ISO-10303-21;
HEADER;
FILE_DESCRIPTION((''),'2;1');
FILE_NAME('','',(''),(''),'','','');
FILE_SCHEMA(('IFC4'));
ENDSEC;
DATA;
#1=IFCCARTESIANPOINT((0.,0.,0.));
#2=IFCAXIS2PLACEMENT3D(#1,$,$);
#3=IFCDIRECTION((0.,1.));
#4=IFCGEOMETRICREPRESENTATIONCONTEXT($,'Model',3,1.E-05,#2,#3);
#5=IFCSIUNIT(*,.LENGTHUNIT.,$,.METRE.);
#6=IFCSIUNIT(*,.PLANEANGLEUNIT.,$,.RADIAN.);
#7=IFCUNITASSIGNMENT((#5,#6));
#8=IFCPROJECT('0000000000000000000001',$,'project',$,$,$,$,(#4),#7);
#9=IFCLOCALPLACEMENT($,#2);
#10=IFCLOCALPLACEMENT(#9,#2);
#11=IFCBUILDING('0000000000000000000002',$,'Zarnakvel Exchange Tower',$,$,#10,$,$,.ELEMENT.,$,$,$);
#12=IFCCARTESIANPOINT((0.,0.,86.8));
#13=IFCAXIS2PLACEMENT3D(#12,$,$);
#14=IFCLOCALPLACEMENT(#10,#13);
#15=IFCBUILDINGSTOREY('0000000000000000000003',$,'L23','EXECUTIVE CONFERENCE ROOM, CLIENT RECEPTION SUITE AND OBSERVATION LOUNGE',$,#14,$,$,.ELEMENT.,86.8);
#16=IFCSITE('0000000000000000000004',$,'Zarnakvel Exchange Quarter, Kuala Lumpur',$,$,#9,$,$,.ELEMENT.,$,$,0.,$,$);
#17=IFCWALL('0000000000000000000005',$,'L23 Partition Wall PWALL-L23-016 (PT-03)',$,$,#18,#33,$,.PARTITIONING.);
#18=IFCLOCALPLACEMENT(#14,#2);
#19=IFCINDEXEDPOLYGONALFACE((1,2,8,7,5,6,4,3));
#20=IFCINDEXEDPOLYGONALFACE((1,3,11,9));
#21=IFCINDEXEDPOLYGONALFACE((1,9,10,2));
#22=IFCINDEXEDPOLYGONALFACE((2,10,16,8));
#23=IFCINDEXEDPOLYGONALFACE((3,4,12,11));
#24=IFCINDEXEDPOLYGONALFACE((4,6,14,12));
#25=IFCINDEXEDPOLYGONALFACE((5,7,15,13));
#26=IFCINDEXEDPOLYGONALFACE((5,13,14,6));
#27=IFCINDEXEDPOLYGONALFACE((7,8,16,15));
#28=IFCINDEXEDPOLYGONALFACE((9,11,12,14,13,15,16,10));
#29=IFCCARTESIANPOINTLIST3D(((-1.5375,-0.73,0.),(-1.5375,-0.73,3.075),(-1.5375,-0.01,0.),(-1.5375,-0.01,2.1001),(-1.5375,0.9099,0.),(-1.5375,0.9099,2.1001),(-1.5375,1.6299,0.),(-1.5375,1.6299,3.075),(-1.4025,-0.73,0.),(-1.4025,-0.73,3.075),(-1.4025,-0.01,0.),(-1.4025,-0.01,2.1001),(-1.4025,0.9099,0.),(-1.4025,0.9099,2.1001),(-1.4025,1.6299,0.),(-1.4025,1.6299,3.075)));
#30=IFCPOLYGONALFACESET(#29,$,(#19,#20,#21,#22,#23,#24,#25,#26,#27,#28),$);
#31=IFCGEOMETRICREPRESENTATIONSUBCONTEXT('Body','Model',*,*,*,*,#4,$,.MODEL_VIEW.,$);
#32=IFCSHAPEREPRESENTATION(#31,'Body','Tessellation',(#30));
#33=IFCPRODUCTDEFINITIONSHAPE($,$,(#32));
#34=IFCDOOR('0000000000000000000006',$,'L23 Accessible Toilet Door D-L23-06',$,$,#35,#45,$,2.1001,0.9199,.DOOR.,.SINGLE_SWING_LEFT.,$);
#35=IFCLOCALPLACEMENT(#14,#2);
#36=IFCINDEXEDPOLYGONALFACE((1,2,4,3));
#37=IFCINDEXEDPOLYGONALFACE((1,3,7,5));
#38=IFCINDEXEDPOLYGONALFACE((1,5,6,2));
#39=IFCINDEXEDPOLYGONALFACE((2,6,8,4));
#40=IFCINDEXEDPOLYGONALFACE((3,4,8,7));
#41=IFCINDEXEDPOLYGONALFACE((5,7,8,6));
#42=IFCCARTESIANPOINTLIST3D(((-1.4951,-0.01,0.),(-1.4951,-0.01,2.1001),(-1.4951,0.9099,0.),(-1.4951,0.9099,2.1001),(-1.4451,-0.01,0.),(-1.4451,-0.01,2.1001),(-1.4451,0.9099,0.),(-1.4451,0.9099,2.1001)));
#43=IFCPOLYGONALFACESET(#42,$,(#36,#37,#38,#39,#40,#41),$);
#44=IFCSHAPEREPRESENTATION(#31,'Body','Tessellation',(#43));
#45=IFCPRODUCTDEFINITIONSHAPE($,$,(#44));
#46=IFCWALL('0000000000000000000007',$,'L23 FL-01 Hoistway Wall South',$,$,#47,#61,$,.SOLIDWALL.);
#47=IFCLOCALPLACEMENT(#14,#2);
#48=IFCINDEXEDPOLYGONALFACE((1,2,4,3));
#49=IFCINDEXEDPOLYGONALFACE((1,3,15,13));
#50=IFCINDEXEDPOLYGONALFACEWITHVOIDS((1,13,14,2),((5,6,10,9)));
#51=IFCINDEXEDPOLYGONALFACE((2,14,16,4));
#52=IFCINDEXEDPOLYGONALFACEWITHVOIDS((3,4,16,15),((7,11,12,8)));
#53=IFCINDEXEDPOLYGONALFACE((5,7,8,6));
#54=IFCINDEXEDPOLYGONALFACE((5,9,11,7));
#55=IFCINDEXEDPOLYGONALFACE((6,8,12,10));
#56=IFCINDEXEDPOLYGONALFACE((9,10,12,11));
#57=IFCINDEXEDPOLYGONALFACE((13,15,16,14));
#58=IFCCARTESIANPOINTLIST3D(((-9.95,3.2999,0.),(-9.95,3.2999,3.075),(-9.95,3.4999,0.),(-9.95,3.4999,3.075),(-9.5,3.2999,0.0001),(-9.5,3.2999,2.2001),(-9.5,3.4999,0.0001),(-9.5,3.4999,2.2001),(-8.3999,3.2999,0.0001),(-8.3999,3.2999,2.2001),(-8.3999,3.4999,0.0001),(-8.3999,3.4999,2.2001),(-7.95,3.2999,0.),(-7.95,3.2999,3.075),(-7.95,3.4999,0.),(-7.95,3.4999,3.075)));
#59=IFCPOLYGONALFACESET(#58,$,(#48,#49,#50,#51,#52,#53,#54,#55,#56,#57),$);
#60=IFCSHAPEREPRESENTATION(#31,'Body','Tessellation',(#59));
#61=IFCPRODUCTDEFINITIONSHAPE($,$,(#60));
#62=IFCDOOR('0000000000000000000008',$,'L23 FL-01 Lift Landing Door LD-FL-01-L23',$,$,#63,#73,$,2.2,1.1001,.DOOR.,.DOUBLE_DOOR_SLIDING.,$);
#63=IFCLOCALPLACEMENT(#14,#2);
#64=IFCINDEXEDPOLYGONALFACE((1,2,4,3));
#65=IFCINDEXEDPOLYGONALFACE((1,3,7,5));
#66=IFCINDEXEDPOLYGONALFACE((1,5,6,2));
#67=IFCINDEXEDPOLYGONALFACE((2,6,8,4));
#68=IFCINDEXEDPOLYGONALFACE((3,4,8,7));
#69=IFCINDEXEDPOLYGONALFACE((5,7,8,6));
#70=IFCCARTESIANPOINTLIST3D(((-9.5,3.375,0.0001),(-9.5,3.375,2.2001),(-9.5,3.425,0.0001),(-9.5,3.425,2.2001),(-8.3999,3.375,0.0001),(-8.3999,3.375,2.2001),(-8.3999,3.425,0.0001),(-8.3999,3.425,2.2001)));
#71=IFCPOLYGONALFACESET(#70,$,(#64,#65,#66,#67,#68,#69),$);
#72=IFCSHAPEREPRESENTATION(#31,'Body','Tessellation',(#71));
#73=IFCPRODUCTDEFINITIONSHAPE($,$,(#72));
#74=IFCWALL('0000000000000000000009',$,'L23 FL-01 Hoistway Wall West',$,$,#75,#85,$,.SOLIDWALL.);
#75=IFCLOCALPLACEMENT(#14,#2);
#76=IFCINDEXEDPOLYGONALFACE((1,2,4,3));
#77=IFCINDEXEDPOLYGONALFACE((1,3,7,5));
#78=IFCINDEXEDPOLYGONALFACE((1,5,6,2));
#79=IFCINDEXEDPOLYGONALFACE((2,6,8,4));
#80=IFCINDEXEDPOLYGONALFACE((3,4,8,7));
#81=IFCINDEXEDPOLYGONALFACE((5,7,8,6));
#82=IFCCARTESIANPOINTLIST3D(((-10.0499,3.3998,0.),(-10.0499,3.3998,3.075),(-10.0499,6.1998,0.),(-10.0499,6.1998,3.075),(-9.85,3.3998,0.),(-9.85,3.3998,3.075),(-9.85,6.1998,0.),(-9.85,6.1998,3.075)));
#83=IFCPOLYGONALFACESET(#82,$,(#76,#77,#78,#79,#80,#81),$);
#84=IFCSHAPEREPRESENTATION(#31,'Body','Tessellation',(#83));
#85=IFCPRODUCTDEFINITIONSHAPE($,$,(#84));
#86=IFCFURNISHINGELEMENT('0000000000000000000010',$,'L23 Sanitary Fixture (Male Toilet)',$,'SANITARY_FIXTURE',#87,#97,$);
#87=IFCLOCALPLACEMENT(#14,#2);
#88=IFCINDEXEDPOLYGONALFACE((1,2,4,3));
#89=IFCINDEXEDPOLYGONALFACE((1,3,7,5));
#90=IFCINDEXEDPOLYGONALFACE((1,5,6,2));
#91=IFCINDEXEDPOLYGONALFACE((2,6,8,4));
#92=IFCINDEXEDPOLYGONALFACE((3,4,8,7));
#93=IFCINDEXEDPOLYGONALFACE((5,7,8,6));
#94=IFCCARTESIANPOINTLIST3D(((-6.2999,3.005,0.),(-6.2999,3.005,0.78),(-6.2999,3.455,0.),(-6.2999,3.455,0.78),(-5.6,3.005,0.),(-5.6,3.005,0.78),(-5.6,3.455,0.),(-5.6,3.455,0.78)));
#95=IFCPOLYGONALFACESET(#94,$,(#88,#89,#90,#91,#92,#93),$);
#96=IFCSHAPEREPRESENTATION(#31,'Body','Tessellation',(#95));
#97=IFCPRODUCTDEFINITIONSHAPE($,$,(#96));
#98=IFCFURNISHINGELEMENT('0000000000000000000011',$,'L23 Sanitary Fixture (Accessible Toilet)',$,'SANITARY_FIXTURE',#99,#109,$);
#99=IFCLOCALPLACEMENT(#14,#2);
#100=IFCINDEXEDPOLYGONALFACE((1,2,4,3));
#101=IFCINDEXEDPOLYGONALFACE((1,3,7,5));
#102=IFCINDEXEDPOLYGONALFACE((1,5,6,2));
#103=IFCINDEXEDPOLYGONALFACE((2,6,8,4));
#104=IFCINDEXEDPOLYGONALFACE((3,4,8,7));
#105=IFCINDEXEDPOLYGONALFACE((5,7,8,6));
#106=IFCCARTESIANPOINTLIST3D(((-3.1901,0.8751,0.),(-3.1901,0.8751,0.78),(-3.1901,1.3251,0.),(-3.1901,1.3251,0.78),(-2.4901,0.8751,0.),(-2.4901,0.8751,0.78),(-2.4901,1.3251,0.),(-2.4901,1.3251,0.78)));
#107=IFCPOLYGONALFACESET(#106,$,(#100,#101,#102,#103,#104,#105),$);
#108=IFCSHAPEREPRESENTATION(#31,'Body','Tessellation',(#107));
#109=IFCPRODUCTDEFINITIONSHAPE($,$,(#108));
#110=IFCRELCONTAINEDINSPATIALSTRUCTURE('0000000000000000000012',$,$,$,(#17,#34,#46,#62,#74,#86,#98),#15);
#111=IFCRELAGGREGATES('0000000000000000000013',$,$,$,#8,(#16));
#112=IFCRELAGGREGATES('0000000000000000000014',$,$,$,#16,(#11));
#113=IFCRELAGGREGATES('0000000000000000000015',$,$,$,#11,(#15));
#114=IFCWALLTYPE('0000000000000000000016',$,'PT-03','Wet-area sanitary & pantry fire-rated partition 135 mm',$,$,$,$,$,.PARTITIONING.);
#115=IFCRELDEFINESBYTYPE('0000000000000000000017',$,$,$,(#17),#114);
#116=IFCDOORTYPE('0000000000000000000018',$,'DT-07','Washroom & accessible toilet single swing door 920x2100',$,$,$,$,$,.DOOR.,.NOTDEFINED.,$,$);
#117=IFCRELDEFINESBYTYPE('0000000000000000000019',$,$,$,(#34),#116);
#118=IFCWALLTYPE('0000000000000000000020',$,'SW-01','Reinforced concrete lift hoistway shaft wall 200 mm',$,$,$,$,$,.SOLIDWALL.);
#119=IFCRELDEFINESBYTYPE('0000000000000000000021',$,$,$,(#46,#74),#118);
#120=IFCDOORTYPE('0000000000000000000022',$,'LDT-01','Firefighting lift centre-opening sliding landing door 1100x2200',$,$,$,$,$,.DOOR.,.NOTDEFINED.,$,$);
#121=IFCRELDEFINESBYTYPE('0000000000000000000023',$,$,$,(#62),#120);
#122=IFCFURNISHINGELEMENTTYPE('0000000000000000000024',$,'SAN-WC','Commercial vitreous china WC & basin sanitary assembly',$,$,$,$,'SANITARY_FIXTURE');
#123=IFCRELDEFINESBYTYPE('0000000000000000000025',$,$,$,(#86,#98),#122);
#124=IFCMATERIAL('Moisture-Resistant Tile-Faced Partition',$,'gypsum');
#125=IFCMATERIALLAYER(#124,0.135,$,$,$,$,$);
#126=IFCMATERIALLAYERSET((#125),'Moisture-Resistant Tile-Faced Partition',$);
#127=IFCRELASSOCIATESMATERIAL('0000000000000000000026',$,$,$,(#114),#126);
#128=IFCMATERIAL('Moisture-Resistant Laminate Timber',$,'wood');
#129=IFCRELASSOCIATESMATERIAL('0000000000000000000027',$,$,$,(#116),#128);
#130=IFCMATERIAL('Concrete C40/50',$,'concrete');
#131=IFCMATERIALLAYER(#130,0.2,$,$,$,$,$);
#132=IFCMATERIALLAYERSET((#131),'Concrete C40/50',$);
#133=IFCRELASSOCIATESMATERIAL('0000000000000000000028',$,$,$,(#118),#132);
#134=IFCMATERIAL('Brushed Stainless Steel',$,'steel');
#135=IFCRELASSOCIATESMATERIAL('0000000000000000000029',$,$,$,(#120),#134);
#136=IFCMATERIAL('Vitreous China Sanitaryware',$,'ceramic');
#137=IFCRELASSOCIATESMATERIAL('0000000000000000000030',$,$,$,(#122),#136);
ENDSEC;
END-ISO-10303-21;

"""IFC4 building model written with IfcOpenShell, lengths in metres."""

from ifc_helpers import new_model, si_unit, direction, frame, frame_2d, origin, origin_2d, place, context, subcontext, project, spatial, rectangle, extrude, source, transform, mapped, material, layer, layer_set, type_object, element, fill, save


model = new_model("IFC4")

# Units and contexts
model_context = context("Model", 3, precision=1e-05, world=origin(), true_north=direction((0.0, 1.0)))
body_context = subcontext(model_context, "Body", "Model", "MODEL_VIEW")
ifc_project = project(units=[si_unit("LENGTHUNIT", "METRE"), si_unit("PLANEANGLEUNIT", "RADIAN")], contexts=[model_context])

# Site, building, storey
site_placement = place(None, origin())
site = spatial("IfcSite", under=ifc_project, at=site_placement, Name="Zarnakvel Exchange Quarter, Kuala Lumpur", CompositionType="ELEMENT", RefElevation=0.0)
building_placement = place(site_placement, origin())
building = spatial("IfcBuilding", under=site, at=building_placement, Name="Zarnakvel Exchange Tower", CompositionType="ELEMENT")
storey_placement = place(building_placement, frame((0.0, 0.0, 86.8)))
storey = spatial("IfcBuildingStorey", under=building, at=storey_placement, Name="L23", Description="EXECUTIVE CONFERENCE ROOM, CLIENT RECEPTION SUITE AND OBSERVATION LOUNGE", CompositionType="ELEMENT", Elevation=86.8)

# Shared definitions
ifc_material_1 = material(Name="Concrete C40/50", Category="concrete")

# Shared definitions
ifc_material_2 = material(Name="Moisture-Resistant Tile-Faced Partition", Category="gypsum")
ifc_layer_1 = layer(ifc_material_2, 0.135)
ifc_layer_set_1 = layer_set([ifc_layer_1], Name="Moisture-Resistant Tile-Faced Partition")
wall_type_1 = type_object("IfcWallType", Name="PT-03", Description="Wet-area sanitary & pantry fire-rated partition 135 mm", PredefinedType="PARTITIONING", material=ifc_layer_set_1)
ifc_material_3 = material(Name="Moisture-Resistant Laminate Timber", Category="wood")
door_type_1 = type_object("IfcDoorType", Name="DT-07", Description="Washroom & accessible toilet single swing door 920x2100", OperationType="NOTDEFINED", PredefinedType="DOOR", material=ifc_material_3)
shared_shape_1 = source(origin(), body_context, "Body", "SweptSolid", [
    extrude(rectangle(XDim=0.9199, YDim=2.1001, at=frame_2d((0.46, 1.05))), frame((0.0, 0.0249, 0.0), z_axis=(0.0, -1.0, 0.0), x_axis=(1.0, 0.0, 0.0)), (0.0, 0.0, 1.0), 0.05),
])

# Walls, openings, doors
wall_1_placement = place(storey_placement, frame((-1.47, 1.6299, 0.0), z_axis=(0.0, 0.0, 1.0), x_axis=(0.0, -1.0, 0.0)))
wall_1 = element("IfcWall", 1, at=wall_1_placement, inside=storey, type_object=wall_type_1, Name="L23 Partition Wall PWALL-L23-016 (PT-03)", PredefinedType="PARTITIONING", context=body_context, shape_type="SweptSolid", body=[
    extrude(rectangle(XDim=2.3599, YDim=0.135, at=frame_2d((1.1799, 0.0))), origin(), (0.0, 0.0, 1.0), 3.075),
])
opening_1_placement = place(wall_1_placement, frame((0.72, 0.0, 0.0)))
opening_1 = element("IfcOpeningElement", 2, at=opening_1_placement, cuts=wall_1, PredefinedType="OPENING", context=body_context, shape_type="SweptSolid", body=[
    extrude(rectangle(XDim=0.9199, YDim=2.1001, at=frame_2d((0.46, 1.05))), frame((0.0, 0.0774, 0.0), z_axis=(0.0, -1.0, 0.0), x_axis=(1.0, 0.0, 0.0)), (0.0, 0.0, 1.0), 0.155),
])
door_1_placement = place(opening_1_placement, origin())
door_1 = element("IfcDoor", 3, at=door_1_placement, inside=storey, type_object=door_type_1, Name="L23 Accessible Toilet Door D-L23-06", OperationType="SINGLE_SWING_LEFT", OverallHeight=2.1001, OverallWidth=0.9199, PredefinedType="DOOR", context=body_context, shape_type="MappedRepresentation", body=[
    mapped(shared_shape_1, transform((0.0, 0.0, 0.0), x_axis=(1.0, 0.0, 0.0), y_axis=(0.0, 1.0, 0.0), z_axis=(0.0, 0.0, 1.0), scale=1.0)),
])
fill(opening_1, door_1)
ifc_layer_2 = layer(ifc_material_1, 0.2)
ifc_layer_set_2 = layer_set([ifc_layer_2], Name="Concrete C40/50")
wall_type_2 = type_object("IfcWallType", Name="SW-01", Description="Reinforced concrete lift hoistway shaft wall 200 mm", PredefinedType="SOLIDWALL", material=ifc_layer_set_2)
wall_2_placement = place(storey_placement, frame((-7.95, 3.3999, 0.0), z_axis=(0.0, 0.0, 1.0), x_axis=(-1.0, 0.0, 0.0)))
wall_2 = element("IfcWall", 4, at=wall_2_placement, inside=storey, type_object=wall_type_2, Name="L23 FL-01 Hoistway Wall South", PredefinedType="SOLIDWALL", context=body_context, shape_type="SweptSolid", body=[
    extrude(rectangle(XDim=2.0, YDim=0.2, at=frame_2d((1.0, 0.0))), origin(), (0.0, 0.0, 1.0), 3.075),
])
opening_2_placement = place(wall_2_placement, frame((0.45, 0.0, 0.0)))
opening_2 = element("IfcOpeningElement", 5, at=opening_2_placement, cuts=wall_2, PredefinedType="OPENING", context=body_context, shape_type="SweptSolid", body=[
    extrude(rectangle(XDim=1.1001, YDim=2.2, at=frame_2d((0.55, 1.1001))), frame((0.0, 0.1099, 0.0), z_axis=(0.0, -1.0, 0.0), x_axis=(1.0, 0.0, 0.0)), (0.0, 0.0, 1.0), 0.22),
])
ifc_material_4 = material(Name="Brushed Stainless Steel", Category="steel")
door_type_2 = type_object("IfcDoorType", Name="LDT-01", Description="Firefighting lift centre-opening sliding landing door 1100x2200", OperationType="NOTDEFINED", PredefinedType="DOOR", material=ifc_material_4)
shared_shape_2 = source(origin(), body_context, "Body", "SweptSolid", [
    extrude(rectangle(XDim=1.1001, YDim=2.2, at=frame_2d((0.55, 1.1001))), frame((0.0, 0.0249, 0.0), z_axis=(0.0, -1.0, 0.0), x_axis=(1.0, 0.0, 0.0)), (0.0, 0.0, 1.0), 0.05),
])
door_2_placement = place(opening_2_placement, origin())
door_2 = element("IfcDoor", 6, at=door_2_placement, inside=storey, type_object=door_type_2, Name="L23 FL-01 Lift Landing Door LD-FL-01-L23", OperationType="DOUBLE_DOOR_SLIDING", OverallHeight=2.2, OverallWidth=1.1001, PredefinedType="DOOR", context=body_context, shape_type="MappedRepresentation", body=[
    mapped(shared_shape_2, transform((0.0, 0.0, 0.0), x_axis=(1.0, 0.0, 0.0), y_axis=(0.0, 1.0, 0.0), z_axis=(0.0, 0.0, 1.0), scale=1.0)),
])
fill(opening_2, door_2)

# Wall
wall_3_placement = place(storey_placement, frame((-9.95, 3.3999, 0.0), z_axis=(0.0, 0.0, 1.0), x_axis=(0.0, 1.0, 0.0)))
element("IfcWall", 7, at=wall_3_placement, inside=storey, type_object=wall_type_2, Name="L23 FL-01 Hoistway Wall West", PredefinedType="SOLIDWALL", context=body_context, shape_type="SweptSolid", body=[
    extrude(rectangle(XDim=2.8, YDim=0.2, at=frame_2d((1.3999, 0.0))), origin(), (0.0, 0.0, 1.0), 3.075),
])

# Furnishing elements
ifc_material_5 = material(Name="Vitreous China Sanitaryware", Category="ceramic")
furnishing_element_type = type_object("IfcFurnishingElementType", Name="SAN-WC", Description="Commercial vitreous china WC & basin sanitary assembly", ElementType="SANITARY_FIXTURE", material=ifc_material_5)
shared_shape_3 = source(origin(), body_context, "Body", "SweptSolid", [
    extrude(rectangle(XDim=0.7, YDim=0.45, at=origin_2d()), origin(), (0.0, 0.0, 1.0), 0.78),
])
for number, where, z_axis, x_axis, name in (
    (8, (-5.95, 3.23, 0.0), (0.0, 0.0, 1.0), (1.0, 0.0, 0.0), "L23 Sanitary Fixture (Male Toilet)"),
    (9, (-2.8401, 1.1001, 0.0), (0.0, 0.0, 1.0), (1.0, 0.0, 0.0), "L23 Sanitary Fixture (Accessible Toilet)"),
):
    element("IfcFurnishingElement", number, at=place(storey_placement, frame(where, z_axis=z_axis, x_axis=x_axis)), inside=storey, type_object=furnishing_element_type, Name=name, ObjectType="SANITARY_FIXTURE", context=body_context, shape_type="MappedRepresentation", body=[
        mapped(shared_shape_3, transform((0.0, 0.0, 0.0), x_axis=(1.0, 0.0, 0.0), y_axis=(0.0, 1.0, 0.0), z_axis=(0.0, 0.0, 1.0), scale=1.0)),
    ])

save(model, "model.ifc")
